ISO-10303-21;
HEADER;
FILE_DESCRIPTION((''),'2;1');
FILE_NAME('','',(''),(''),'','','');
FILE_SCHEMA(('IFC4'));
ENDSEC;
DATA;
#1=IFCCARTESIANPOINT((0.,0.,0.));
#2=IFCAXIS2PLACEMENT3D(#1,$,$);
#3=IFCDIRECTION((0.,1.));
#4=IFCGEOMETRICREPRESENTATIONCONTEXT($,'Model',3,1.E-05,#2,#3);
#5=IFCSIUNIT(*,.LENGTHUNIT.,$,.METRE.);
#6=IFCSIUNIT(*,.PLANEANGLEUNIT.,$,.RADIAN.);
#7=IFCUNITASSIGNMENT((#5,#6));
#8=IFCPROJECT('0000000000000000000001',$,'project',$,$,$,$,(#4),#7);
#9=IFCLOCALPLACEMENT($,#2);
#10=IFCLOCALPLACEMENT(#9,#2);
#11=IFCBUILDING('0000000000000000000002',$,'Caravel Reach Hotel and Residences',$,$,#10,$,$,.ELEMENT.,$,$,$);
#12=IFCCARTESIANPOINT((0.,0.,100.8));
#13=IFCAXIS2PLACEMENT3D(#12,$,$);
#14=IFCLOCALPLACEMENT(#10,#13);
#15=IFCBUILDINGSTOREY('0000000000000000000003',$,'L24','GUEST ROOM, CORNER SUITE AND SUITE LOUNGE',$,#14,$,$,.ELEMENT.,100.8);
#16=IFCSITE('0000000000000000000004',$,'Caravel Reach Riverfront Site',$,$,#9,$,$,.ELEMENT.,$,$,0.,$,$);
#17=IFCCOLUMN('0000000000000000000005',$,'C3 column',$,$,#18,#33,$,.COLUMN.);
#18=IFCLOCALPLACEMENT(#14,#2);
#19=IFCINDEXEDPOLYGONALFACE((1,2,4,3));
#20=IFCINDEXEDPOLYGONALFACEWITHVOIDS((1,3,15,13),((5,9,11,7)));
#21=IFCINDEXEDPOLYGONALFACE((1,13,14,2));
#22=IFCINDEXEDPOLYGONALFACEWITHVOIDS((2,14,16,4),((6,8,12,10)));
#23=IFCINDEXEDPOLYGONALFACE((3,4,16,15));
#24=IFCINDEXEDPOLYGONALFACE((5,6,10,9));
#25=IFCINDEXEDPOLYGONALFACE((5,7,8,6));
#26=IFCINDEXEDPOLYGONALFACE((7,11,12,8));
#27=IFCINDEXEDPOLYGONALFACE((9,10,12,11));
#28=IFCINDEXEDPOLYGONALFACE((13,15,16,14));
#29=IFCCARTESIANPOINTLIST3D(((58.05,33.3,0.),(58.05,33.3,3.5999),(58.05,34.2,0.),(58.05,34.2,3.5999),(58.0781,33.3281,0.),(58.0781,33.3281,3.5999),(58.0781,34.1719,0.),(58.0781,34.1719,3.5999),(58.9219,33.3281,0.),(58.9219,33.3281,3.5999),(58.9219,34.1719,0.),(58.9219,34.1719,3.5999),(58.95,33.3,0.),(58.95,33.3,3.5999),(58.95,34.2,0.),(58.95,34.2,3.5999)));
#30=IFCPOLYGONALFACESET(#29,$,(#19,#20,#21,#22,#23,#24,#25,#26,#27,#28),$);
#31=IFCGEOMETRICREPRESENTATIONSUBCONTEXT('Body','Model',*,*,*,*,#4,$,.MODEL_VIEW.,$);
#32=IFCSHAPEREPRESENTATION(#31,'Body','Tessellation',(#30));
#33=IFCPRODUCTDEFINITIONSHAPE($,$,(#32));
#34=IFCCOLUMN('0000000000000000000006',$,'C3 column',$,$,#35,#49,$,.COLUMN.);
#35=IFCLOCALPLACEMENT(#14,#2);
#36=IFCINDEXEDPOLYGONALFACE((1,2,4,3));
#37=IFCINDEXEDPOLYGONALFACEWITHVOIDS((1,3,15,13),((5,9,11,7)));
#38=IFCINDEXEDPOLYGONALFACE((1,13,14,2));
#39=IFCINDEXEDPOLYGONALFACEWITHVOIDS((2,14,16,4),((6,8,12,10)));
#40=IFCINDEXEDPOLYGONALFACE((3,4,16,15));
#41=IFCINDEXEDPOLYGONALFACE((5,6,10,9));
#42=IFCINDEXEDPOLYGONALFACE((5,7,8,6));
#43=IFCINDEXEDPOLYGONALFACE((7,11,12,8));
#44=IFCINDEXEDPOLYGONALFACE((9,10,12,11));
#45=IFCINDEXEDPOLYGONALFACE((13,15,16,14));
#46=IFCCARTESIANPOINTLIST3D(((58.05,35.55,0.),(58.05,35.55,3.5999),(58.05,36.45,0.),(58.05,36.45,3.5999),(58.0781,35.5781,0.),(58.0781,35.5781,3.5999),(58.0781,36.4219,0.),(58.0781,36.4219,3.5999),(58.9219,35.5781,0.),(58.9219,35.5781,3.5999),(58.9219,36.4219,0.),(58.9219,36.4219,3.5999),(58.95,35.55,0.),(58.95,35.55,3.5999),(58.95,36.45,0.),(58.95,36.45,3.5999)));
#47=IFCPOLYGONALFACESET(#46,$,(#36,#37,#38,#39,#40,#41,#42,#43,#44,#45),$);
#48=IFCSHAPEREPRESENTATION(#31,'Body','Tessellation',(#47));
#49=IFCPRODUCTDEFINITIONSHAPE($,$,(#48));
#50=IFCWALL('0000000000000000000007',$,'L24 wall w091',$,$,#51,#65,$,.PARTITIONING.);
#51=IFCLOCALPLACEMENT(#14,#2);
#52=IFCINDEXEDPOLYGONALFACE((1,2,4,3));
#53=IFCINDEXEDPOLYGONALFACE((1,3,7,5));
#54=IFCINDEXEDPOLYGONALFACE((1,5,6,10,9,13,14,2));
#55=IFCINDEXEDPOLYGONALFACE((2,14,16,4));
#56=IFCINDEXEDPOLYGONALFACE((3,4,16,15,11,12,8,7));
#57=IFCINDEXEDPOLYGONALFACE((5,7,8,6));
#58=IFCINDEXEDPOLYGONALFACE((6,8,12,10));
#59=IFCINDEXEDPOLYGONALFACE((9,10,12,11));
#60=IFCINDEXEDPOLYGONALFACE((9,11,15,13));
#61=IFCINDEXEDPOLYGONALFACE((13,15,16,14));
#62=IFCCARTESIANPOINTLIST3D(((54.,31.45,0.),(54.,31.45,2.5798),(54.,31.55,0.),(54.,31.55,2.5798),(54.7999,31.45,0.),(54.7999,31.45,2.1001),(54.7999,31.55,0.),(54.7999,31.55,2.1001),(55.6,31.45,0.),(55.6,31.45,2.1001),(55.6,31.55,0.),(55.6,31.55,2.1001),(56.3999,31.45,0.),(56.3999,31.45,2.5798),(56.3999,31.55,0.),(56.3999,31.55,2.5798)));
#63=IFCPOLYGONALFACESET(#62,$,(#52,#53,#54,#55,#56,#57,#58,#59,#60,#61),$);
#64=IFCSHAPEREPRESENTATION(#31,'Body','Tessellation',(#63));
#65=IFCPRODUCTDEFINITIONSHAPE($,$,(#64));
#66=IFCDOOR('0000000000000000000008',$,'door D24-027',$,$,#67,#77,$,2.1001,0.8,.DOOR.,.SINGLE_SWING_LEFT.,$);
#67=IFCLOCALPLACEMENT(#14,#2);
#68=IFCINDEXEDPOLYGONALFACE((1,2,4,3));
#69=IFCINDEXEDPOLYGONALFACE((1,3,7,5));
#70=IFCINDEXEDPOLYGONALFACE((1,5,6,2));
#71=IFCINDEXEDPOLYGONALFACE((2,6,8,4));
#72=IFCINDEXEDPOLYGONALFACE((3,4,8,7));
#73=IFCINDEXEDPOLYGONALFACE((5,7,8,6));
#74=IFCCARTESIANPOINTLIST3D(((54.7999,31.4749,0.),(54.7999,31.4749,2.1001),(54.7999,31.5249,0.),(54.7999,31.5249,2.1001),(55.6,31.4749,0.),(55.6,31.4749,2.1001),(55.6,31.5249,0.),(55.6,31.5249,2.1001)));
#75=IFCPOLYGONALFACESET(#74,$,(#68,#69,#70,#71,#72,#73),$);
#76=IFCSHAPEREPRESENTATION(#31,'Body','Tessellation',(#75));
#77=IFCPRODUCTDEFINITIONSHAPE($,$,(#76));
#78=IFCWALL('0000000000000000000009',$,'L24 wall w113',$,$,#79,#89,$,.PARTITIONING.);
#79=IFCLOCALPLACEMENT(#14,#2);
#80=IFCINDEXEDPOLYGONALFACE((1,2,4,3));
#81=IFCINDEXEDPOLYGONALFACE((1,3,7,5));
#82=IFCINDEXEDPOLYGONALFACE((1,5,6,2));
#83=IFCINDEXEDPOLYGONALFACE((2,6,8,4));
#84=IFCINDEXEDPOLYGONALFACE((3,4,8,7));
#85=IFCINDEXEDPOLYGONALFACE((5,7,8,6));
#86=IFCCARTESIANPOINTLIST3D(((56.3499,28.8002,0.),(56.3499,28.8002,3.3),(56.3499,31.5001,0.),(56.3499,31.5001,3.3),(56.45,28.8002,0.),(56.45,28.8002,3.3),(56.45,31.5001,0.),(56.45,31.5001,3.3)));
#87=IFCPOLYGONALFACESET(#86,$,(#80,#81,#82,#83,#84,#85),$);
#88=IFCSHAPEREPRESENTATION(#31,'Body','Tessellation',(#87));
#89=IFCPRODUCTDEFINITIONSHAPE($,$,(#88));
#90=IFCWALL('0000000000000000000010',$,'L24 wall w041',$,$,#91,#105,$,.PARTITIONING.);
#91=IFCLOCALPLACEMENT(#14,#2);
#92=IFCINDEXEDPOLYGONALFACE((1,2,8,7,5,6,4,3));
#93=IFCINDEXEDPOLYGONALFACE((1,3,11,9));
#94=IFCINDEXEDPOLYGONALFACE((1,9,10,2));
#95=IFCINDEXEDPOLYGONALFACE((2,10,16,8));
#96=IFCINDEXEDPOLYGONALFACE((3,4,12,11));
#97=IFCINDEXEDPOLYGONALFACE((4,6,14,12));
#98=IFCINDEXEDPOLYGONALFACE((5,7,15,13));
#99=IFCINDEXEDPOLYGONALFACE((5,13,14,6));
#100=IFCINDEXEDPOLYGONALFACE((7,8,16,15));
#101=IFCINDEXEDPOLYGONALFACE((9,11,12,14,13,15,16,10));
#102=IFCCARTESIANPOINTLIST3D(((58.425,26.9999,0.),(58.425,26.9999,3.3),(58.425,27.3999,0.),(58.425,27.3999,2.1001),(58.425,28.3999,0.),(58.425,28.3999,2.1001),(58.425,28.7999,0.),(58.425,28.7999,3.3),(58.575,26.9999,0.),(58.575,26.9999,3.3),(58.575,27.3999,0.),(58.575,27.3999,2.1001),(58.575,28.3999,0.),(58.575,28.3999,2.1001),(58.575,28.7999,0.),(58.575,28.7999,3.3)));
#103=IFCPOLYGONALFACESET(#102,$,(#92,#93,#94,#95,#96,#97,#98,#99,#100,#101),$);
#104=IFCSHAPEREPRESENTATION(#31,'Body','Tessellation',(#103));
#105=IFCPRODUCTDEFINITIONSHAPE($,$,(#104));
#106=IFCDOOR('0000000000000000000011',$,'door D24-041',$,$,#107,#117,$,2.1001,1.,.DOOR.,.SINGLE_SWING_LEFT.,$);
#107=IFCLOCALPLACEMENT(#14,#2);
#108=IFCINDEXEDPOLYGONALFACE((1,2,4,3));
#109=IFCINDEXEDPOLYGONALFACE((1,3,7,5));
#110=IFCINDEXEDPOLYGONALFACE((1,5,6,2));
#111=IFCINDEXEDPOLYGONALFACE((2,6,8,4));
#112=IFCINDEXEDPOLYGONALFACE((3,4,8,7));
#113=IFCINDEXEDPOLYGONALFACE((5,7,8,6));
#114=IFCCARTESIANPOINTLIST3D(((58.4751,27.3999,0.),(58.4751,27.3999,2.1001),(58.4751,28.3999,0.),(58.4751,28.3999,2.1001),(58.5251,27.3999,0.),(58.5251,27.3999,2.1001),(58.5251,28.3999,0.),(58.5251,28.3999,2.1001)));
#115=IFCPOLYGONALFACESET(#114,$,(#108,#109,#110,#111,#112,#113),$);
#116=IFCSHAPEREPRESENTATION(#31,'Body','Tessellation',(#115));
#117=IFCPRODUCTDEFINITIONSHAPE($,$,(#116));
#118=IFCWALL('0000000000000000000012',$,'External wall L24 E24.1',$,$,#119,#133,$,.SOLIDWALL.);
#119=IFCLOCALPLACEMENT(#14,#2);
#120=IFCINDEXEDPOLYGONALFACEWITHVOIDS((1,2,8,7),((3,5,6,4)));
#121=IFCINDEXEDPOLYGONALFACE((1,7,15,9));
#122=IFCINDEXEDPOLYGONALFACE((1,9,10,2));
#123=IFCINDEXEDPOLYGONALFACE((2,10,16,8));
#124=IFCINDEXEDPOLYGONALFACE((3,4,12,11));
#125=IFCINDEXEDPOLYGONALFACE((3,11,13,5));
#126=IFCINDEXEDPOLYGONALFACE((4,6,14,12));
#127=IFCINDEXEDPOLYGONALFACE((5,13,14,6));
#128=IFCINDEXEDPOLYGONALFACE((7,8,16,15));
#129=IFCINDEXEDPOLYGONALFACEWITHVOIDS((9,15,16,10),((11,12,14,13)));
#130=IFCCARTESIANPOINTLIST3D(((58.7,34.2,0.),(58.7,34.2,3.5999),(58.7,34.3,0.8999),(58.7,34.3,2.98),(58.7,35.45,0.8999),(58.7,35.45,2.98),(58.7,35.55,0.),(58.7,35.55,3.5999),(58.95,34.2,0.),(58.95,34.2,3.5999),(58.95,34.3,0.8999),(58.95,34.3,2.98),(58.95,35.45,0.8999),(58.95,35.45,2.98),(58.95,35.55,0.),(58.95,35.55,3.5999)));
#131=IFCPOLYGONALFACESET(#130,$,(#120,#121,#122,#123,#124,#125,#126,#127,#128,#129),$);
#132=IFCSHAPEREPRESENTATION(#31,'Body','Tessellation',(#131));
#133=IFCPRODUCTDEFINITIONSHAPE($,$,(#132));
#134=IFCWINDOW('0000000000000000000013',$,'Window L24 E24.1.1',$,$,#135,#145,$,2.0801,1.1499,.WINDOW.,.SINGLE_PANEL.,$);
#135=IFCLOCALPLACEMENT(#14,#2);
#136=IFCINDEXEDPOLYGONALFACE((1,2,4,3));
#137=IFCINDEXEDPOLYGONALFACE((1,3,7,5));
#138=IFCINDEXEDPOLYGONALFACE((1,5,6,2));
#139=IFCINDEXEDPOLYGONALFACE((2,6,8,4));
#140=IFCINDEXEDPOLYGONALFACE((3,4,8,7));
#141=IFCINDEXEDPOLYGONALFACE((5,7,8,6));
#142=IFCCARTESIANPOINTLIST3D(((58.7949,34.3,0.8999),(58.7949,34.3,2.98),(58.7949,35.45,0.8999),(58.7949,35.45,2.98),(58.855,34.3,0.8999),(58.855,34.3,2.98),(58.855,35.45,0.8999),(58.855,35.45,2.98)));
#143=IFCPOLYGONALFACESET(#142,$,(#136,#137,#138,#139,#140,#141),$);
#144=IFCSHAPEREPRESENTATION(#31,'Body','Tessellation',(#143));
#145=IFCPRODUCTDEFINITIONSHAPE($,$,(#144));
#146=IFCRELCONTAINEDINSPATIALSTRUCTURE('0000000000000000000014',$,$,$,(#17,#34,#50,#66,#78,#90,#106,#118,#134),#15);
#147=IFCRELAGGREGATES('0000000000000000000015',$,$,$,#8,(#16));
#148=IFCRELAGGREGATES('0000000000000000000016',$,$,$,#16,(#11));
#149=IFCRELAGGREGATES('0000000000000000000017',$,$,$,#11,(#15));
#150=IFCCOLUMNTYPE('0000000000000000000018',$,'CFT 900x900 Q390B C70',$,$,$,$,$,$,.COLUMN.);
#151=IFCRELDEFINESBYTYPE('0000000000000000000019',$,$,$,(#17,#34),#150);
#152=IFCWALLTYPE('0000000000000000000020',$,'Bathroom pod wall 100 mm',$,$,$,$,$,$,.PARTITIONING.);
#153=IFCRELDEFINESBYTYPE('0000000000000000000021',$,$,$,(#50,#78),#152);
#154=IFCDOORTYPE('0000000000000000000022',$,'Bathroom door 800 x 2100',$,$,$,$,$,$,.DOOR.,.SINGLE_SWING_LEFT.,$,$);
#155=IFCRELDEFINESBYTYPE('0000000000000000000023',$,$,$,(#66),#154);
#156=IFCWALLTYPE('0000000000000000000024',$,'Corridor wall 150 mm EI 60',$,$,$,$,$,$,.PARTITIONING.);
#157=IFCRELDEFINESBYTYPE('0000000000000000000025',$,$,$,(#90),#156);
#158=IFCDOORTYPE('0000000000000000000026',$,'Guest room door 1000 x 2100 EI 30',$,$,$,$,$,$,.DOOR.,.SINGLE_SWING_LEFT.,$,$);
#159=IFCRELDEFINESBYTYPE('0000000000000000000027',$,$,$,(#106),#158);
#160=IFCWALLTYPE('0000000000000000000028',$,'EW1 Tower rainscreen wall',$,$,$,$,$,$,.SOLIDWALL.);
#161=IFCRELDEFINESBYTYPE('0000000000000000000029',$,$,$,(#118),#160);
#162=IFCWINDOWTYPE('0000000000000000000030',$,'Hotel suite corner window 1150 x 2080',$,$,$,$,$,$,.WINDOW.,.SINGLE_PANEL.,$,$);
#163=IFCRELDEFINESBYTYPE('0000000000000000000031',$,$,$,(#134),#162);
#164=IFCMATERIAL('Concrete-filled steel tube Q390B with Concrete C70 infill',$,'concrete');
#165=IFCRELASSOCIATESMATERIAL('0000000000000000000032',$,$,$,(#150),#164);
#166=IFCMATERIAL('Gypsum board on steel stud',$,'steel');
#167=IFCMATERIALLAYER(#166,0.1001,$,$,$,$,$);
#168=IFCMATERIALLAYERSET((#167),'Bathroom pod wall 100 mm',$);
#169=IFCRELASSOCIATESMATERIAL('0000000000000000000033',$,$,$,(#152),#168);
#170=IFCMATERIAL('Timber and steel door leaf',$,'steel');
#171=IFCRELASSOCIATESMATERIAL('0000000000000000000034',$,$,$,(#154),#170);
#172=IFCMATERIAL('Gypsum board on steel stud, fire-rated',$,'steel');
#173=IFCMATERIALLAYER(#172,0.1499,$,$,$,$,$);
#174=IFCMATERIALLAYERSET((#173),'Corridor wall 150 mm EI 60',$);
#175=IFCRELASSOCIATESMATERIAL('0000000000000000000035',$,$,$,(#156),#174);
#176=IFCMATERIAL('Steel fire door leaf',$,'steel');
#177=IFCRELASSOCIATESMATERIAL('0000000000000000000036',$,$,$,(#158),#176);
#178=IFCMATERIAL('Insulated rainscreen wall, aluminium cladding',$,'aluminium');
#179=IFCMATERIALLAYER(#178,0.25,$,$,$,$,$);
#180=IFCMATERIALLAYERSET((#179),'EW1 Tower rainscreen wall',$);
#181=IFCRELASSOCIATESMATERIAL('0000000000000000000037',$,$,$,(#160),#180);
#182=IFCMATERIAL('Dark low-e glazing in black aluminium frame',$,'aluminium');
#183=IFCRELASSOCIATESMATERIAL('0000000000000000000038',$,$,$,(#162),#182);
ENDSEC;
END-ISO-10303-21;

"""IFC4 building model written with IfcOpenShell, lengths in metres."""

from ifc_helpers import new_model, si_unit, direction, frame, frame_2d, origin, origin_2d, place, context, subcontext, project, spatial, rectangle, hollow_rectangle, extrude, material, layer, layer_set, material_profile, profile_set, type_object, element, fill, save


model = new_model("IFC4")

# Units and contexts
model_context = context("Model", 3, precision=1e-05, world=origin(), true_north=direction((0.0, 1.0)))
body_context = subcontext(model_context, "Body", "Model", "MODEL_VIEW")
ifc_project = project(units=[si_unit("LENGTHUNIT", "METRE"), si_unit("PLANEANGLEUNIT", "RADIAN")], contexts=[model_context])

# Site, building, storey
site_placement = place(None, origin())
site = spatial("IfcSite", under=ifc_project, at=site_placement, Name="Caravel Reach Riverfront Site", CompositionType="ELEMENT", RefElevation=0.0)
building_placement = place(site_placement, origin())
building = spatial("IfcBuilding", under=site, at=building_placement, Name="Caravel Reach Hotel and Residences", CompositionType="ELEMENT")
storey_placement = place(building_placement, frame((0.0, 0.0, 100.8)))
storey = spatial("IfcBuildingStorey", under=building, at=storey_placement, Name="L24", Description="GUEST ROOM, CORNER SUITE AND SUITE LOUNGE", CompositionType="ELEMENT", Elevation=100.8)

# Columns
ifc_material_1 = material(Name="Concrete-filled steel tube Q390B with Concrete C70 infill", Category="concrete")
ifc_material_profile = material_profile(ifc_material_1, hollow_rectangle(XDim=0.8999, YDim=0.8999, WallThickness=0.0281, at=origin_2d()), Name="RHS 900x900x28")
ifc_profile_set = profile_set([ifc_material_profile], Name="Concrete-filled steel tube Q390B with Concrete C70 infill")
column_type = type_object("IfcColumnType", Name="CFT 900x900 Q390B C70", PredefinedType="COLUMN", material=ifc_profile_set)
for number, where, z_axis, x_axis, name in (
    (1, (58.5, 33.75, 0.0), (0.0, 0.0, 1.0), (1.0, 0.0, 0.0), "C3 column"),
    (2, (58.5, 36.0, 0.0), (0.0, 0.0, 1.0), (1.0, 0.0, 0.0), "C3 column"),
):
    element("IfcColumn", number, at=place(storey_placement, frame(where, z_axis=z_axis, x_axis=x_axis)), inside=storey, type_object=column_type, Name=name, PredefinedType="COLUMN", context=body_context, shape_type="SweptSolid", body=[
        extrude(hollow_rectangle(XDim=0.8999, YDim=0.8999, WallThickness=0.0281, at=origin_2d()), origin(), (0.0, 0.0, 1.0), 3.5999),
    ])

# Wall, opening, door
ifc_material_2 = material(Name="Gypsum board on steel stud", Category="steel")
ifc_layer_1 = layer(ifc_material_2, 0.1001)
ifc_layer_set_1 = layer_set([ifc_layer_1], Name="Bathroom pod wall 100 mm")
wall_type_1 = type_object("IfcWallType", Name="Bathroom pod wall 100 mm", PredefinedType="PARTITIONING", material=ifc_layer_set_1)
wall_1_placement = place(storey_placement, frame((54.0, 31.5, 0.0), z_axis=(0.0, 0.0, 1.0), x_axis=(1.0, 0.0, 0.0)))
wall_1 = element("IfcWall", 3, at=wall_1_placement, inside=storey, type_object=wall_type_1, Name="L24 wall w091", PredefinedType="PARTITIONING", context=body_context, shape_type="SweptSolid", body=[
    extrude(rectangle(XDim=2.3999, YDim=0.1001, at=frame_2d((1.2, 0.0))), origin(), (0.0, 0.0, 1.0), 2.5798),
])
opening_1_placement = place(wall_1_placement, frame((0.8, 0.0, 0.0)))
opening_1 = element("IfcOpeningElement", 4, at=opening_1_placement, cuts=wall_1, PredefinedType="OPENING", context=body_context, shape_type="SweptSolid", body=[
    extrude(rectangle(XDim=0.8, YDim=2.1001, at=frame_2d((0.3999, 1.05))), frame((0.0, 0.0601, 0.0), z_axis=(0.0, -1.0, 0.0), x_axis=(1.0, 0.0, 0.0)), (0.0, 0.0, 1.0), 0.1201),
])
ifc_material_3 = material(Name="Timber and steel door leaf", Category="steel")
door_type_1 = type_object("IfcDoorType", Name="Bathroom door 800 x 2100", OperationType="SINGLE_SWING_LEFT", PredefinedType="DOOR", material=ifc_material_3)
door_1_placement = place(opening_1_placement, origin())
door_1 = element("IfcDoor", 5, at=door_1_placement, inside=storey, type_object=door_type_1, Name="door D24-027", OperationType="SINGLE_SWING_LEFT", OverallHeight=2.1001, OverallWidth=0.8, PredefinedType="DOOR", context=body_context, shape_type="SweptSolid", body=[
    extrude(rectangle(XDim=0.8, YDim=2.1001, at=frame_2d((0.3999, 1.05))), frame((0.0, 0.0249, 0.0), z_axis=(0.0, -1.0, 0.0), x_axis=(1.0, 0.0, 0.0)), (0.0, 0.0, 1.0), 0.05),
])
fill(opening_1, door_1)

# Wall
wall_2_placement = place(storey_placement, frame((56.3999, 28.8, 0.0), z_axis=(0.0, 0.0, 1.0), x_axis=(0.0, 1.0, 0.0)))
element("IfcWall", 6, at=wall_2_placement, inside=storey, type_object=wall_type_1, Name="L24 wall w113", PredefinedType="PARTITIONING", context=body_context, shape_type="SweptSolid", body=[
    extrude(rectangle(XDim=2.7, YDim=0.1001, at=frame_2d((1.3501, 0.0))), origin(), (0.0, 0.0, 1.0), 3.3),
])

# Wall, opening, door
ifc_material_4 = material(Name="Gypsum board on steel stud, fire-rated", Category="steel")
ifc_layer_2 = layer(ifc_material_4, 0.1499)
ifc_layer_set_2 = layer_set([ifc_layer_2], Name="Corridor wall 150 mm EI 60")
wall_type_2 = type_object("IfcWallType", Name="Corridor wall 150 mm EI 60", PredefinedType="PARTITIONING", material=ifc_layer_set_2)
wall_3_placement = place(storey_placement, frame((58.5, 27.0, 0.0), z_axis=(0.0, 0.0, 1.0), x_axis=(0.0, 1.0, 0.0)))
wall_3 = element("IfcWall", 7, at=wall_3_placement, inside=storey, type_object=wall_type_2, Name="L24 wall w041", PredefinedType="PARTITIONING", context=body_context, shape_type="SweptSolid", body=[
    extrude(rectangle(XDim=1.8, YDim=0.1499, at=frame_2d((0.8999, 0.0))), origin(), (0.0, 0.0, 1.0), 3.3),
])
opening_2_placement = place(wall_3_placement, frame((0.3999, 0.0, 0.0)))
opening_2 = element("IfcOpeningElement", 8, at=opening_2_placement, cuts=wall_3, PredefinedType="OPENING", context=body_context, shape_type="SweptSolid", body=[
    extrude(rectangle(XDim=1.0, YDim=2.1001, at=frame_2d((0.5, 1.05))), frame((0.0, 0.085, 0.0), z_axis=(0.0, -1.0, 0.0), x_axis=(1.0, 0.0, 0.0)), (0.0, 0.0, 1.0), 0.1699),
])
ifc_material_5 = material(Name="Steel fire door leaf", Category="steel")
door_type_2 = type_object("IfcDoorType", Name="Guest room door 1000 x 2100 EI 30", OperationType="SINGLE_SWING_LEFT", PredefinedType="DOOR", material=ifc_material_5)
door_2_placement = place(opening_2_placement, origin())
door_2 = element("IfcDoor", 9, at=door_2_placement, inside=storey, type_object=door_type_2, Name="door D24-041", OperationType="SINGLE_SWING_LEFT", OverallHeight=2.1001, OverallWidth=1.0, PredefinedType="DOOR", context=body_context, shape_type="SweptSolid", body=[
    extrude(rectangle(XDim=1.0, YDim=2.1001, at=frame_2d((0.5, 1.05))), frame((0.0, 0.0249, 0.0), z_axis=(0.0, -1.0, 0.0), x_axis=(1.0, 0.0, 0.0)), (0.0, 0.0, 1.0), 0.05),
])
fill(opening_2, door_2)

# Wall, opening, window
ifc_material_6 = material(Name="Insulated rainscreen wall, aluminium cladding", Category="aluminium")
ifc_layer_3 = layer(ifc_material_6, 0.25)
ifc_layer_set_3 = layer_set([ifc_layer_3], Name="EW1 Tower rainscreen wall")
wall_type_3 = type_object("IfcWallType", Name="EW1 Tower rainscreen wall", PredefinedType="SOLIDWALL", material=ifc_layer_set_3)
wall_4_placement = place(storey_placement, frame((58.825, 34.2, 0.0), z_axis=(0.0, 0.0, 1.0), x_axis=(0.0, 1.0, 0.0)))
wall_4 = element("IfcWall", 10, at=wall_4_placement, inside=storey, type_object=wall_type_3, Name="External wall L24 E24.1", PredefinedType="SOLIDWALL", context=body_context, shape_type="SweptSolid", body=[
    extrude(rectangle(XDim=1.3501, YDim=0.25, at=frame_2d((0.675, 0.0))), origin(), (0.0, 0.0, 1.0), 3.5999),
])
opening_3_placement = place(wall_4_placement, frame((0.1001, 0.0, 0.8999)))
opening_3 = element("IfcOpeningElement", 11, at=opening_3_placement, cuts=wall_4, PredefinedType="OPENING", context=body_context, shape_type="SweptSolid", body=[
    extrude(rectangle(XDim=1.1499, YDim=2.0801, at=frame_2d((0.575, 1.04))), frame((0.0, 0.135, 0.0), z_axis=(0.0, -1.0, 0.0), x_axis=(1.0, 0.0, 0.0)), (0.0, 0.0, 1.0), 0.27),
])
ifc_material_7 = material(Name="Dark low-e glazing in black aluminium frame", Category="aluminium")
window_type_1 = type_object("IfcWindowType", Name="Hotel suite corner window 1150 x 2080", PartitioningType="SINGLE_PANEL", PredefinedType="WINDOW", material=ifc_material_7)
window_1_placement = place(opening_3_placement, origin())
window_1 = element("IfcWindow", 12, at=window_1_placement, inside=storey, type_object=window_type_1, Name="Window L24 E24.1.1", OverallHeight=2.0801, OverallWidth=1.1499, PartitioningType="SINGLE_PANEL", PredefinedType="WINDOW", context=body_context, shape_type="SweptSolid", body=[
    extrude(rectangle(XDim=1.1499, YDim=2.0801, at=frame_2d((0.575, 1.04))), frame((0.0, 0.03, 0.0), z_axis=(0.0, -1.0, 0.0), x_axis=(1.0, 0.0, 0.0)), (0.0, 0.0, 1.0), 0.0601),
])
fill(opening_3, window_1)

save(model, "model.ifc")
